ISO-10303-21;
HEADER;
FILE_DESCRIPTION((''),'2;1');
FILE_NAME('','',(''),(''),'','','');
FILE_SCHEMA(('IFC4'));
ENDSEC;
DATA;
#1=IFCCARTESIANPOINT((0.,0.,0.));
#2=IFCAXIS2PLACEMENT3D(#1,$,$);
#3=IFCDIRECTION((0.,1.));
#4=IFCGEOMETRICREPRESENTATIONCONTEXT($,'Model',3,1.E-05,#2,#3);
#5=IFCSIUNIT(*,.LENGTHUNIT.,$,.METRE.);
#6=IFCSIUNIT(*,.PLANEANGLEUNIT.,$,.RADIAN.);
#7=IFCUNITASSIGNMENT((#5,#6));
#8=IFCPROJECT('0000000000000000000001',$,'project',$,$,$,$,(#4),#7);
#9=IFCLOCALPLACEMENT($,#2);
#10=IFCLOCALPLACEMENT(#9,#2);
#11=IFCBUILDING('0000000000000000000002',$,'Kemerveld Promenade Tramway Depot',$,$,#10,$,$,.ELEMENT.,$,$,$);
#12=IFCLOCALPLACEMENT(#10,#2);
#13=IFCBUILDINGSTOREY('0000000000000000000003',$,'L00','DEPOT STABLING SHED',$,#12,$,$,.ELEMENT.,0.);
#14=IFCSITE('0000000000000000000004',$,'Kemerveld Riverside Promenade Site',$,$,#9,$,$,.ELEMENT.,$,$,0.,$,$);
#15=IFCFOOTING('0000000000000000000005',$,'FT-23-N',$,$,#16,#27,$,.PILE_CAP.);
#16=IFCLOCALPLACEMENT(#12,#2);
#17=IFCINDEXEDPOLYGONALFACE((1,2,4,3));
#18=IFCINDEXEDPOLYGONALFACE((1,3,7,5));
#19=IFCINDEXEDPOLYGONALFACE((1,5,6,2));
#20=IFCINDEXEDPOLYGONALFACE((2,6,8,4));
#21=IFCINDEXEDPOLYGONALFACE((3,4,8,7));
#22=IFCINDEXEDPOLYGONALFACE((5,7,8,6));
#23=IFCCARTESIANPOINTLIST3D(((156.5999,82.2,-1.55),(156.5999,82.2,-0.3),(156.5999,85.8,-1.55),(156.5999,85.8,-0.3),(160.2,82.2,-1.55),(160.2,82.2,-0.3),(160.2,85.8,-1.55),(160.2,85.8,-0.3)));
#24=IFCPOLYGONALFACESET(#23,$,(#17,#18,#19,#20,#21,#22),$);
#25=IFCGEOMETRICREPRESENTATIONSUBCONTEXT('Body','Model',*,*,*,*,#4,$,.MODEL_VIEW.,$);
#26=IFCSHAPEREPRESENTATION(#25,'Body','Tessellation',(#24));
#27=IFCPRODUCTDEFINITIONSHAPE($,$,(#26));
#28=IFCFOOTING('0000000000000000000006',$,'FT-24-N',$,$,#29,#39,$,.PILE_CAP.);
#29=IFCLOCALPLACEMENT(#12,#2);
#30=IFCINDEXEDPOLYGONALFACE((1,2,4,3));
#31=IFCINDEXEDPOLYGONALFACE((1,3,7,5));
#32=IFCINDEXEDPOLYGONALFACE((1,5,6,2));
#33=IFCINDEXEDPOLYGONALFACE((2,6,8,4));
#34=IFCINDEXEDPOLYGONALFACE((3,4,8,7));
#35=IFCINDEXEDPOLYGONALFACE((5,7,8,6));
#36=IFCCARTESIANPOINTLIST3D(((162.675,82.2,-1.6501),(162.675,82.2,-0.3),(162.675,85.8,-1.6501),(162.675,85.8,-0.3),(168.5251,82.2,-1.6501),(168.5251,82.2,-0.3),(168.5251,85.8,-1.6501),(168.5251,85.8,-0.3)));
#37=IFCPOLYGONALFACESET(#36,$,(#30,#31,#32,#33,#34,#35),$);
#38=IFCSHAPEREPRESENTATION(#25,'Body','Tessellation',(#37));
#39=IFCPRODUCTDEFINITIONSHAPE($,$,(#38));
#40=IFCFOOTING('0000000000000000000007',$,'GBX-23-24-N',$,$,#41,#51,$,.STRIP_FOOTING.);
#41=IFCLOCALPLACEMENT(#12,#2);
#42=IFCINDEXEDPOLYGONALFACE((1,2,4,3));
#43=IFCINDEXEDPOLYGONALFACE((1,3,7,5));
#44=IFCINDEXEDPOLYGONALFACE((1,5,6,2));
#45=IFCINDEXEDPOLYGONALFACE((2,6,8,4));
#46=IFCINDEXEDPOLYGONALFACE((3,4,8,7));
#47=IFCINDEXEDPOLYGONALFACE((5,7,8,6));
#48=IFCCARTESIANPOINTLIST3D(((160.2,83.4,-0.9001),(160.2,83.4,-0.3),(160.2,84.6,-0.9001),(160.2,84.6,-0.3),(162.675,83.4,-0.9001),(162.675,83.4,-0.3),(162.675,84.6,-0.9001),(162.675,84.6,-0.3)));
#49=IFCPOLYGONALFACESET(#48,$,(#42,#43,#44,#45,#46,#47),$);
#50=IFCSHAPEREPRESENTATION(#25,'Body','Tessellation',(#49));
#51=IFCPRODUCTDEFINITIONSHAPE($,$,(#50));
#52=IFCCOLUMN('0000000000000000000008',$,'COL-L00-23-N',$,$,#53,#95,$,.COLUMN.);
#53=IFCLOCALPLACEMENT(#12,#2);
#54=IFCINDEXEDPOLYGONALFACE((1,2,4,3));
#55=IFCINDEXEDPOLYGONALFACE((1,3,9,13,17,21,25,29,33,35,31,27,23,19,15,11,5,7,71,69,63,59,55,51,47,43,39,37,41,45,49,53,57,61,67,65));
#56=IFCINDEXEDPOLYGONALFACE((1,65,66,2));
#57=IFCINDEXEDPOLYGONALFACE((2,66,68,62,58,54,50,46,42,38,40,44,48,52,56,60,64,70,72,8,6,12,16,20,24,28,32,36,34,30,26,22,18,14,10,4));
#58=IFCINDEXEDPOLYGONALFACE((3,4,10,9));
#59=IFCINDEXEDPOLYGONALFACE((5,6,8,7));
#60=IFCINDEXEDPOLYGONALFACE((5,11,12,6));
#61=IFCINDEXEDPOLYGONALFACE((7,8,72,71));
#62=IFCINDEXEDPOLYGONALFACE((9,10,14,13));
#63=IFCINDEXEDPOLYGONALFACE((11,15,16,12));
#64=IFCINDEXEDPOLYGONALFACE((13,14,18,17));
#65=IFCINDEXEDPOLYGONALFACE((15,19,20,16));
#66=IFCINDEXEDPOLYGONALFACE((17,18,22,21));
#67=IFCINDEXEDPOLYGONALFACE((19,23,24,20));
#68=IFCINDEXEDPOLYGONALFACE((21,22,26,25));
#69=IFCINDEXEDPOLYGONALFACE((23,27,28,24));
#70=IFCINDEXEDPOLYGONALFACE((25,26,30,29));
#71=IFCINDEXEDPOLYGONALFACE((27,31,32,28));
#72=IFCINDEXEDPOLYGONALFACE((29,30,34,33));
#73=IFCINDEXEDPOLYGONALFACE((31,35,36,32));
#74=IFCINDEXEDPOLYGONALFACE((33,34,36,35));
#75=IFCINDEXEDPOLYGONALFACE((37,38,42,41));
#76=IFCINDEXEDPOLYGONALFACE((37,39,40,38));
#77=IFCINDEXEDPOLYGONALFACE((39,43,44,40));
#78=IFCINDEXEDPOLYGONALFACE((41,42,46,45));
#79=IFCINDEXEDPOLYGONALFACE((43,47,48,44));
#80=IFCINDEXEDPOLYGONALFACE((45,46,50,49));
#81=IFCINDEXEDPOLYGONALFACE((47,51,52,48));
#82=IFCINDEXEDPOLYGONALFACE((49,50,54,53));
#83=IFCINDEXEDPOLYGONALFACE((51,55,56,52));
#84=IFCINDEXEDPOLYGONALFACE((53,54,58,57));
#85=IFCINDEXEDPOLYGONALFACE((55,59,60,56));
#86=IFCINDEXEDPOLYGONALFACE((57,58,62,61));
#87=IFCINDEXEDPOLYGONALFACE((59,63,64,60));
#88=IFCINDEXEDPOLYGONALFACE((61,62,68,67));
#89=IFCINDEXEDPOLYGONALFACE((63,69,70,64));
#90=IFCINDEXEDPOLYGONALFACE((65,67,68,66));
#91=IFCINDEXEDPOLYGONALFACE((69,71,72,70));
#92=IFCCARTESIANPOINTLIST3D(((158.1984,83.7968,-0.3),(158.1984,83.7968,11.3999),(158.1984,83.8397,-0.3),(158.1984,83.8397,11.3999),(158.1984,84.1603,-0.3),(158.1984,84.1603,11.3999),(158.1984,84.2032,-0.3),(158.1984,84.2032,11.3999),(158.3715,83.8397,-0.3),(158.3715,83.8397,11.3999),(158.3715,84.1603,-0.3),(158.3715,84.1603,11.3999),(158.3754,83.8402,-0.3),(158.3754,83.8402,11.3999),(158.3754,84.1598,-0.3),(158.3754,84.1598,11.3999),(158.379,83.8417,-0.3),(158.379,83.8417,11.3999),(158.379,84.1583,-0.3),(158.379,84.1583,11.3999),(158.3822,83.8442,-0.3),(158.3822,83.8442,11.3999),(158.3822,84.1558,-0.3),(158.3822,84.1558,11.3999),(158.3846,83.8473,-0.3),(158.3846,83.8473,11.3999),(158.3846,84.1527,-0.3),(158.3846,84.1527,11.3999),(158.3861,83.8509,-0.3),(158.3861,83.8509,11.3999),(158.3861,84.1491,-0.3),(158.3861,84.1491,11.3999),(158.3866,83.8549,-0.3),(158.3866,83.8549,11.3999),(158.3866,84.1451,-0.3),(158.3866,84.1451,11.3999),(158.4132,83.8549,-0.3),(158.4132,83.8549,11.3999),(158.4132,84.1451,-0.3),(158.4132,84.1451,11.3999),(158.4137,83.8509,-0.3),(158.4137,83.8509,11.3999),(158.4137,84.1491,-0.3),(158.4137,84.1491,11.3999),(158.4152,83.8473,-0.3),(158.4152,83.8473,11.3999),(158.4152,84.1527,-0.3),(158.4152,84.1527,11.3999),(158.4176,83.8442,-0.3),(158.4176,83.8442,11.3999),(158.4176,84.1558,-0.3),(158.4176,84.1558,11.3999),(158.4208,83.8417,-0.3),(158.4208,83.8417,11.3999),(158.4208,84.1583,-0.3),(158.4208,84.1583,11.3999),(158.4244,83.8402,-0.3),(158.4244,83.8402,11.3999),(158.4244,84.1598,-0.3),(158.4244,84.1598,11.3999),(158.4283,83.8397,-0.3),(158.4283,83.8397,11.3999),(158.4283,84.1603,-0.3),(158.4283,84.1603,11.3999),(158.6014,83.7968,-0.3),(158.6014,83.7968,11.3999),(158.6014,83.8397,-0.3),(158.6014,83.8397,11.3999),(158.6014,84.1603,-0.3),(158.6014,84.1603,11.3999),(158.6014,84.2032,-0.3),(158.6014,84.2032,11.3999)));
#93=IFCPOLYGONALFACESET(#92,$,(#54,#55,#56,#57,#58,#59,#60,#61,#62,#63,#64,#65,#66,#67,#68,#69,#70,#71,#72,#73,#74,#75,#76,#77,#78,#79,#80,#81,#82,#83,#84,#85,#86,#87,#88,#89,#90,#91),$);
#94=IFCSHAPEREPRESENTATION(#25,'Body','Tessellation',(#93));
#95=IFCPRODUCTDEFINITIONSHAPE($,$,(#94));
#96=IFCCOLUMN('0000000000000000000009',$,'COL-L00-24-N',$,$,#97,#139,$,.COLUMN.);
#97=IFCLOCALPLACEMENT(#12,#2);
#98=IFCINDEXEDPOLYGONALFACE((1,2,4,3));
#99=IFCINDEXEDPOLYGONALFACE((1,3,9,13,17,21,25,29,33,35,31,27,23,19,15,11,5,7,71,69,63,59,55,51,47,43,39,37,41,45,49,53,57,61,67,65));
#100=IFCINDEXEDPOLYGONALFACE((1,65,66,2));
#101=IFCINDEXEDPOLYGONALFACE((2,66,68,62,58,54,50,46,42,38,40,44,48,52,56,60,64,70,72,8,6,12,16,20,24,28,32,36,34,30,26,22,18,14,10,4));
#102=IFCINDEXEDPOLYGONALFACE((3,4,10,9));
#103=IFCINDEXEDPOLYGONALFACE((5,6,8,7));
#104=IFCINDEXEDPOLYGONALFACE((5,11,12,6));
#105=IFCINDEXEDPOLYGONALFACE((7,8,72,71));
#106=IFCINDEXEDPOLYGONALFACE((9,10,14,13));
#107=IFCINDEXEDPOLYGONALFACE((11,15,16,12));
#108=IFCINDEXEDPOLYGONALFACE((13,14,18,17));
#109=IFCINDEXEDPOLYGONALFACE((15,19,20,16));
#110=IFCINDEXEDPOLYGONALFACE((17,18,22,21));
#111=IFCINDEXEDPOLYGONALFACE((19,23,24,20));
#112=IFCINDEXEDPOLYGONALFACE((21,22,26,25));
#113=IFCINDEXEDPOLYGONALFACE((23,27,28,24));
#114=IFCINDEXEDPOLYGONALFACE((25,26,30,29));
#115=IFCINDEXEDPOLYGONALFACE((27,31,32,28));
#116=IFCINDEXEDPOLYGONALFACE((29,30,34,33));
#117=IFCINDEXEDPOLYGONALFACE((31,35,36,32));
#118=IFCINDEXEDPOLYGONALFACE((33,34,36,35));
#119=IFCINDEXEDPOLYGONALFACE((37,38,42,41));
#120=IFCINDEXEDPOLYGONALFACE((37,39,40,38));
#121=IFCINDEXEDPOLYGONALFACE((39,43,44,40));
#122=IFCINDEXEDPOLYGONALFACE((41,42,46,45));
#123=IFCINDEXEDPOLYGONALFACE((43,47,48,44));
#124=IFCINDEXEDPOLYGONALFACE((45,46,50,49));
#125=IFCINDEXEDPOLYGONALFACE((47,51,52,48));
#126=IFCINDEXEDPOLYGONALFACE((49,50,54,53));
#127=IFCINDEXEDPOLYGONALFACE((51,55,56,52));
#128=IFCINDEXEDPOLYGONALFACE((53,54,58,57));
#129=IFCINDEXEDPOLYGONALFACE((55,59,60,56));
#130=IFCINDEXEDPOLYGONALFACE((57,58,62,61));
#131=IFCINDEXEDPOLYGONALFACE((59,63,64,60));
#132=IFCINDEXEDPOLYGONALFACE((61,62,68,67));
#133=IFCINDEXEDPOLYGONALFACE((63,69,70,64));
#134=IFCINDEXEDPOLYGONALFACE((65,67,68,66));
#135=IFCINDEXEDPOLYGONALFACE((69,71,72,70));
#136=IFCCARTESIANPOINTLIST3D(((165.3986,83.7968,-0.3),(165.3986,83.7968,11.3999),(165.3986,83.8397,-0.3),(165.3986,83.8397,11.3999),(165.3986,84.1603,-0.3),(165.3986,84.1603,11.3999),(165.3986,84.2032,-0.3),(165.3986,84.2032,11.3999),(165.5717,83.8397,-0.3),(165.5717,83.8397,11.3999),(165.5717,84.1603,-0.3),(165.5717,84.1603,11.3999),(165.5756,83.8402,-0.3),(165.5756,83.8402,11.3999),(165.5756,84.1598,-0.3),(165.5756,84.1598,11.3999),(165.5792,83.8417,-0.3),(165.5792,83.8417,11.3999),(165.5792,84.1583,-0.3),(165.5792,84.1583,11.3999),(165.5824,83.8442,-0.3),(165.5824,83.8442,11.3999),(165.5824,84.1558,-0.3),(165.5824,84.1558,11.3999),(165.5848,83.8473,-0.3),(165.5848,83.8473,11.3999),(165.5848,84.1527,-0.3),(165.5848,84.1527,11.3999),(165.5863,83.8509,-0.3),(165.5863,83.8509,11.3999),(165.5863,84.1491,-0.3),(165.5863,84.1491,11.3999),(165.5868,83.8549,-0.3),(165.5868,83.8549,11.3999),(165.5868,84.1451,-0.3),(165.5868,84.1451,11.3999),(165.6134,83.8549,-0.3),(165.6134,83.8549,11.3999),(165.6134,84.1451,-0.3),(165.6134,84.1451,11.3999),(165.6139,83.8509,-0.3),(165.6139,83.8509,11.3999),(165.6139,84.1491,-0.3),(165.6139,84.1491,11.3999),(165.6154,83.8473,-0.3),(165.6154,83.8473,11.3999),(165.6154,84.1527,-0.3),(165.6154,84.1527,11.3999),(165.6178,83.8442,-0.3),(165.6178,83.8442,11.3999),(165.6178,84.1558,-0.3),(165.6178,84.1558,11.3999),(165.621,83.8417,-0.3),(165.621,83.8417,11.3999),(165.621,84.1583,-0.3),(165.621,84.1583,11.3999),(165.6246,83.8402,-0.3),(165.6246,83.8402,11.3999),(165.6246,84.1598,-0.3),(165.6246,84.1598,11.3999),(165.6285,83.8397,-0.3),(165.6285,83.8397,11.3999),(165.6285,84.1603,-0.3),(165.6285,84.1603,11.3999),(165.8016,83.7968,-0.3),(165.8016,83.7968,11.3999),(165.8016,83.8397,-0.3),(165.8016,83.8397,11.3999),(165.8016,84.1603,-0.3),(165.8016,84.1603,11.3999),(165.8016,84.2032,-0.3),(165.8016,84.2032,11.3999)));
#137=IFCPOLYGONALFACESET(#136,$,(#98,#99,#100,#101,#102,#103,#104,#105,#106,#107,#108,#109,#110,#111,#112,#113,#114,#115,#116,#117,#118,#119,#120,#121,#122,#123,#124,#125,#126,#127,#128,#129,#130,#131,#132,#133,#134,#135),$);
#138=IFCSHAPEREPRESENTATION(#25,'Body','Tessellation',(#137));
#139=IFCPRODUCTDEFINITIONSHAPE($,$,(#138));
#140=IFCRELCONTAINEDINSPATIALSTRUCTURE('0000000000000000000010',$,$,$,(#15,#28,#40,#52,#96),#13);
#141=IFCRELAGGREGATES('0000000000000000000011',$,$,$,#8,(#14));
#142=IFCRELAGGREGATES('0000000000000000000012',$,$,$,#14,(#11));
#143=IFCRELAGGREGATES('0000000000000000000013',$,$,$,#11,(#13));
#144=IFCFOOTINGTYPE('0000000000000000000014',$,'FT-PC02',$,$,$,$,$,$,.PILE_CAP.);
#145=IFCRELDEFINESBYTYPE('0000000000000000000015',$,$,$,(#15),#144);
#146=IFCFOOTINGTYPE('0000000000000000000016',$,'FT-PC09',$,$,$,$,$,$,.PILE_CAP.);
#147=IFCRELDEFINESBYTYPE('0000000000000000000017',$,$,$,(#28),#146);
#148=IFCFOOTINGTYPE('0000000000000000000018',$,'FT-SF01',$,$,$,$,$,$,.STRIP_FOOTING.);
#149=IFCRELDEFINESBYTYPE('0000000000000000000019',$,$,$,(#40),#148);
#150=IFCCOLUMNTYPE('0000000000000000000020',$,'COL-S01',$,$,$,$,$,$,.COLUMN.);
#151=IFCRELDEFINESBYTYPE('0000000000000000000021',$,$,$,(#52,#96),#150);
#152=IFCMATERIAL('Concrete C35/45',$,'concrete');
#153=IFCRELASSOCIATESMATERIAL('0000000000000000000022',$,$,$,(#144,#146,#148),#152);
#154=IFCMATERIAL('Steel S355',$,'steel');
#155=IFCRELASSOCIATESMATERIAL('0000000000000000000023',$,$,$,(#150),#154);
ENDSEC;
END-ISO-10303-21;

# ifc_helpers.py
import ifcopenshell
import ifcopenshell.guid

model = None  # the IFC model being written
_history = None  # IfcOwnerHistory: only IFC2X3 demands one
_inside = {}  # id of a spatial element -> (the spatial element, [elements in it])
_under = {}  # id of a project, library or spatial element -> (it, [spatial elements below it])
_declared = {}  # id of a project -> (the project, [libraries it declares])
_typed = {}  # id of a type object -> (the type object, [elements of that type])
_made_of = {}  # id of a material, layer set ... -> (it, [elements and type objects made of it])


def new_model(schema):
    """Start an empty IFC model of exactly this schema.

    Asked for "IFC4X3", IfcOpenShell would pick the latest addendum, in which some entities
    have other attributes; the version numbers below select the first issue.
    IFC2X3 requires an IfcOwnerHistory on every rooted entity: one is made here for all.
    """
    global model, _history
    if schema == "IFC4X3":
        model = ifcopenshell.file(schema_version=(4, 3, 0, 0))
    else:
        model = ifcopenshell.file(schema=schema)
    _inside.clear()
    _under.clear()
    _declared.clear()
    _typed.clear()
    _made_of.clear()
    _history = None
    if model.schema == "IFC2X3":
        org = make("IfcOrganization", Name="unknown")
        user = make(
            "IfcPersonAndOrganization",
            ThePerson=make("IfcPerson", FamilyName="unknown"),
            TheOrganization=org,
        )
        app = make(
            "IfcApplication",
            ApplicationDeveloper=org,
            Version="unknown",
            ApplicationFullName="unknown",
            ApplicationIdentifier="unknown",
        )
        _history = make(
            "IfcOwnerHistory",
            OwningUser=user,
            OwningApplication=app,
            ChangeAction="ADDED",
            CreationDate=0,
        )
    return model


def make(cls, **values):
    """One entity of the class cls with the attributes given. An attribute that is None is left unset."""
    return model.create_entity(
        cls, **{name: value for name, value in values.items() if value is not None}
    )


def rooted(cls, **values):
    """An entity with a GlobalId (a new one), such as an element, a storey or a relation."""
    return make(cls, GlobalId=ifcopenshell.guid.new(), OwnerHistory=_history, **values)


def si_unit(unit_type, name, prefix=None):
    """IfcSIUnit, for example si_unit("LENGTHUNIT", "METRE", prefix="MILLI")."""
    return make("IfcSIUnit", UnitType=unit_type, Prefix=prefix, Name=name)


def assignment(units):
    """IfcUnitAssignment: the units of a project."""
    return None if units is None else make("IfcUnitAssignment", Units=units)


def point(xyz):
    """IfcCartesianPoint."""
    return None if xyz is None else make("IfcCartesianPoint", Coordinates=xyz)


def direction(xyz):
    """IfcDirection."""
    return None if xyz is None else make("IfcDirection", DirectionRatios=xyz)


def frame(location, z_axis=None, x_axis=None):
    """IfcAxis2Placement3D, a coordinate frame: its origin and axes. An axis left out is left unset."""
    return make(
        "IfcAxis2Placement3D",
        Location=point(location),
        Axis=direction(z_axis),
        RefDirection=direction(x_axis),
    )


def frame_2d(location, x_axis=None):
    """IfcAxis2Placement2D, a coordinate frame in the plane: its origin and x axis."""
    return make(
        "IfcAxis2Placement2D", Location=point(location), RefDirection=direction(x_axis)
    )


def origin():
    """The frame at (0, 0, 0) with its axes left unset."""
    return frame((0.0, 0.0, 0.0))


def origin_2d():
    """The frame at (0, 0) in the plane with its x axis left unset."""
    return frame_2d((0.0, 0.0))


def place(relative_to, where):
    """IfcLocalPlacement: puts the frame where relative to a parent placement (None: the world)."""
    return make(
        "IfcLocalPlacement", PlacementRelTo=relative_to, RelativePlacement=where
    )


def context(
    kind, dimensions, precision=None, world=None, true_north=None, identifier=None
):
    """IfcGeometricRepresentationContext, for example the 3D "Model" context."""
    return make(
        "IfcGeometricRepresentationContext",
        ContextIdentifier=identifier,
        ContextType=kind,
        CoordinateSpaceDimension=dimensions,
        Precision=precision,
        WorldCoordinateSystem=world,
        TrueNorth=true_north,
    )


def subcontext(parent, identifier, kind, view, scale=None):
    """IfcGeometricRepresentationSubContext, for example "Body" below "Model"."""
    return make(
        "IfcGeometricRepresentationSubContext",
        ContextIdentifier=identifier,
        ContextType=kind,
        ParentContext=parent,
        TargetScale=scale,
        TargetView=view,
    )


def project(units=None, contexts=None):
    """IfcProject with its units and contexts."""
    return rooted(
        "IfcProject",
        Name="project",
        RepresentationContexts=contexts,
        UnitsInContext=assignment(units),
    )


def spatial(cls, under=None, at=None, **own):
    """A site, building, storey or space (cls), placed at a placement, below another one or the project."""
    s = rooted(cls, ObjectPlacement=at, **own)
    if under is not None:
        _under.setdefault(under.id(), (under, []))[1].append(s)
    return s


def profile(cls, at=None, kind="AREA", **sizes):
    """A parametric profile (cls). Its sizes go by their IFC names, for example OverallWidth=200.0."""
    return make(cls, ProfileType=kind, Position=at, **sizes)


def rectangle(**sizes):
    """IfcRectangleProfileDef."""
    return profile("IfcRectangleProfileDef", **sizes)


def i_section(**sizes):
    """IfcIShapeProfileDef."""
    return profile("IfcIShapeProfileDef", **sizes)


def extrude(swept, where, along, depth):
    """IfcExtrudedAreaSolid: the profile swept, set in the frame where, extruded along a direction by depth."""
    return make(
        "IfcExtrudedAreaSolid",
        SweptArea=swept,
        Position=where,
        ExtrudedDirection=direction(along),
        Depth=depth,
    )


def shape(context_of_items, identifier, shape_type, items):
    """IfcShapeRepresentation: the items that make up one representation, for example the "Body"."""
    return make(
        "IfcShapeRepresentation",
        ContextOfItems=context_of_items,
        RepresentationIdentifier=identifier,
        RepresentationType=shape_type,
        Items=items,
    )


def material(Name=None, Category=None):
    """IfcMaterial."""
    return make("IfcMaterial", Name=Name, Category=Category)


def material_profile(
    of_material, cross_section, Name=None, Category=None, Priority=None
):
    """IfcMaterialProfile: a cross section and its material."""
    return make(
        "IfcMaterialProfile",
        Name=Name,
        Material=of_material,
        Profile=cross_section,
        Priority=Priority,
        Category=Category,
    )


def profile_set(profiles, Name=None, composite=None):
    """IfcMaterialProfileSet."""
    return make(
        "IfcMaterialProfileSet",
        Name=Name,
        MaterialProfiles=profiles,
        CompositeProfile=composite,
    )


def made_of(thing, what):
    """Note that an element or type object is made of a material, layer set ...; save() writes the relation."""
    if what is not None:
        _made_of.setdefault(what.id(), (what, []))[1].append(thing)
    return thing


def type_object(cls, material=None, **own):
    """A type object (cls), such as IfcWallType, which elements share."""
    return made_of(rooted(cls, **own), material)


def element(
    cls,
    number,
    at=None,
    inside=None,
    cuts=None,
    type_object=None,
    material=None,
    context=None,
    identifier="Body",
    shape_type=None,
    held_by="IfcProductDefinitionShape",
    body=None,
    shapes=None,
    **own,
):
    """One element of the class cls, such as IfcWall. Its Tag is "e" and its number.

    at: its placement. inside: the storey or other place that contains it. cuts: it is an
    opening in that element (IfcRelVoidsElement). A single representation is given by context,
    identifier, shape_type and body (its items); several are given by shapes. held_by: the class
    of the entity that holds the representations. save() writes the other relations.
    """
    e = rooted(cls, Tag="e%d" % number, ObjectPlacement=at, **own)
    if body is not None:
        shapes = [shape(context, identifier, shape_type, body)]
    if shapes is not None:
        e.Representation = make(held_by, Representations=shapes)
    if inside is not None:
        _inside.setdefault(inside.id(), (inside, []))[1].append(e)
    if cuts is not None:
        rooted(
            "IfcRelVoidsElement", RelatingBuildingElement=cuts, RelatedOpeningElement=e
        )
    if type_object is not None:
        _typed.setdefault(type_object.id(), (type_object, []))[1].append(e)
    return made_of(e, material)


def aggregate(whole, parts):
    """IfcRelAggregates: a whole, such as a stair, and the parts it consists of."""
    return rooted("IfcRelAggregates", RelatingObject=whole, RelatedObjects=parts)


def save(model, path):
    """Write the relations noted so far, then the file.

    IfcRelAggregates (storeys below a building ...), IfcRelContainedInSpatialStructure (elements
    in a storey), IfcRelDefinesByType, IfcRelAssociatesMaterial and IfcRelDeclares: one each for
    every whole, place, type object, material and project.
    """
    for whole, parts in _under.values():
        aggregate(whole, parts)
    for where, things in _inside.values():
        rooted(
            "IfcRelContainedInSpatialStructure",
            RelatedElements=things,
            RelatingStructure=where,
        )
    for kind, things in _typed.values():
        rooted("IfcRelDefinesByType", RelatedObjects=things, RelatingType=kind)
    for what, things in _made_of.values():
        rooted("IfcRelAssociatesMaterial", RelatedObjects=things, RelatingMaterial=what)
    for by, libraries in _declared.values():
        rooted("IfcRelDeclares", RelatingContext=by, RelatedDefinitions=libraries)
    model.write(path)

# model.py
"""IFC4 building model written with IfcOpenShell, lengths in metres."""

from ifc_helpers import new_model, si_unit, direction, frame, origin, origin_2d, place, context, subcontext, project, spatial, rectangle, i_section, extrude, material, material_profile, profile_set, type_object, element, save


model = new_model("IFC4")

# Units and contexts
model_context = context("Model", 3, precision=1e-05, world=origin(), true_north=direction((0.0, 1.0)))
body_context = subcontext(model_context, "Body", "Model", "MODEL_VIEW")
ifc_project = project(units=[si_unit("LENGTHUNIT", "METRE"), si_unit("PLANEANGLEUNIT", "RADIAN")], contexts=[model_context])

# Site, building, storey
site_placement = place(None, origin())
site = spatial("IfcSite", under=ifc_project, at=site_placement, Name="Kemerveld Riverside Promenade Site", CompositionType="ELEMENT", RefElevation=0.0)
building_placement = place(site_placement, origin())
building = spatial("IfcBuilding", under=site, at=building_placement, Name="Kemerveld Promenade Tramway Depot", CompositionType="ELEMENT")
storey_placement = place(building_placement, origin())
storey = spatial("IfcBuildingStorey", under=building, at=storey_placement, Name="L00", Description="DEPOT STABLING SHED", CompositionType="ELEMENT", Elevation=0.0)

# Footings
ifc_material_1 = material(Name="Concrete C35/45", Category="concrete")
footing_type_1 = type_object("IfcFootingType", Name="FT-PC02", PredefinedType="PILE_CAP", material=ifc_material_1)
footing_1_placement = place(storey_placement, frame((158.3999, 84.0, -1.55), z_axis=(0.0, 0.0, 1.0), x_axis=(1.0, 0.0, 0.0)))
element("IfcFooting", 1, at=footing_1_placement, inside=storey, type_object=footing_type_1, Name="FT-23-N", PredefinedType="PILE_CAP", context=body_context, shape_type="SweptSolid", body=[
    extrude(rectangle(XDim=3.6001, YDim=3.6001, at=origin_2d()), origin(), (0.0, 0.0, 1.0), 1.25),
])
footing_type_2 = type_object("IfcFootingType", Name="FT-PC09", PredefinedType="PILE_CAP", material=ifc_material_1)
footing_2_placement = place(storey_placement, frame((165.6001, 84.0, -1.6501), z_axis=(0.0, 0.0, 1.0), x_axis=(1.0, 0.0, 0.0)))
element("IfcFooting", 2, at=footing_2_placement, inside=storey, type_object=footing_type_2, Name="FT-24-N", PredefinedType="PILE_CAP", context=body_context, shape_type="SweptSolid", body=[
    extrude(rectangle(XDim=5.8501, YDim=3.6001, at=origin_2d()), origin(), (0.0, 0.0, 1.0), 1.3501),
])
footing_type_3 = type_object("IfcFootingType", Name="FT-SF01", PredefinedType="STRIP_FOOTING", material=ifc_material_1)
footing_3_placement = place(storey_placement, frame((161.4375, 84.0, -0.9001), z_axis=(0.0, 0.0, 1.0), x_axis=(1.0, 0.0, 0.0)))
element("IfcFooting", 3, at=footing_3_placement, inside=storey, type_object=footing_type_3, Name="GBX-23-24-N", PredefinedType="STRIP_FOOTING", context=body_context, shape_type="SweptSolid", body=[
    extrude(rectangle(XDim=2.4751, YDim=1.2, at=origin_2d()), origin(), (0.0, 0.0, 1.0), 0.6001),
])

# Columns
ifc_material_2 = material(Name="Steel S355", Category="steel")
ifc_material_profile_1 = material_profile(ifc_material_2, i_section(OverallWidth=0.4031, OverallDepth=0.4065, WebThickness=0.0266, FlangeThickness=0.043, FilletRadius=0.0151, at=origin_2d()), Name="356x406x340 UC")
ifc_profile_set_1 = profile_set([ifc_material_profile_1], Name="Steel S355")
column_type = type_object("IfcColumnType", Name="COL-S01", PredefinedType="COLUMN", material=ifc_profile_set_1)
for number, where, z_axis, x_axis, name in (
    (4, (158.3999, 84.0, -0.3), (0.0, 0.0, 1.0), (1.0, 0.0, 0.0), "COL-L00-23-N"),
    (5, (165.6001, 84.0, -0.3), (0.0, 0.0, 1.0), (1.0, 0.0, 0.0), "COL-L00-24-N"),
):
    element("IfcColumn", number, at=place(storey_placement, frame(where, z_axis=z_axis, x_axis=x_axis)), inside=storey, type_object=column_type, Name=name, PredefinedType="COLUMN", context=body_context, shape_type="SweptSolid", body=[
        extrude(i_section(OverallWidth=0.4031, OverallDepth=0.4065, WebThickness=0.0266, FlangeThickness=0.043, FilletRadius=0.0151, at=origin_2d()), origin(), (0.0, 0.0, 1.0), 11.7),
    ])

save(model, "model.ifc")
